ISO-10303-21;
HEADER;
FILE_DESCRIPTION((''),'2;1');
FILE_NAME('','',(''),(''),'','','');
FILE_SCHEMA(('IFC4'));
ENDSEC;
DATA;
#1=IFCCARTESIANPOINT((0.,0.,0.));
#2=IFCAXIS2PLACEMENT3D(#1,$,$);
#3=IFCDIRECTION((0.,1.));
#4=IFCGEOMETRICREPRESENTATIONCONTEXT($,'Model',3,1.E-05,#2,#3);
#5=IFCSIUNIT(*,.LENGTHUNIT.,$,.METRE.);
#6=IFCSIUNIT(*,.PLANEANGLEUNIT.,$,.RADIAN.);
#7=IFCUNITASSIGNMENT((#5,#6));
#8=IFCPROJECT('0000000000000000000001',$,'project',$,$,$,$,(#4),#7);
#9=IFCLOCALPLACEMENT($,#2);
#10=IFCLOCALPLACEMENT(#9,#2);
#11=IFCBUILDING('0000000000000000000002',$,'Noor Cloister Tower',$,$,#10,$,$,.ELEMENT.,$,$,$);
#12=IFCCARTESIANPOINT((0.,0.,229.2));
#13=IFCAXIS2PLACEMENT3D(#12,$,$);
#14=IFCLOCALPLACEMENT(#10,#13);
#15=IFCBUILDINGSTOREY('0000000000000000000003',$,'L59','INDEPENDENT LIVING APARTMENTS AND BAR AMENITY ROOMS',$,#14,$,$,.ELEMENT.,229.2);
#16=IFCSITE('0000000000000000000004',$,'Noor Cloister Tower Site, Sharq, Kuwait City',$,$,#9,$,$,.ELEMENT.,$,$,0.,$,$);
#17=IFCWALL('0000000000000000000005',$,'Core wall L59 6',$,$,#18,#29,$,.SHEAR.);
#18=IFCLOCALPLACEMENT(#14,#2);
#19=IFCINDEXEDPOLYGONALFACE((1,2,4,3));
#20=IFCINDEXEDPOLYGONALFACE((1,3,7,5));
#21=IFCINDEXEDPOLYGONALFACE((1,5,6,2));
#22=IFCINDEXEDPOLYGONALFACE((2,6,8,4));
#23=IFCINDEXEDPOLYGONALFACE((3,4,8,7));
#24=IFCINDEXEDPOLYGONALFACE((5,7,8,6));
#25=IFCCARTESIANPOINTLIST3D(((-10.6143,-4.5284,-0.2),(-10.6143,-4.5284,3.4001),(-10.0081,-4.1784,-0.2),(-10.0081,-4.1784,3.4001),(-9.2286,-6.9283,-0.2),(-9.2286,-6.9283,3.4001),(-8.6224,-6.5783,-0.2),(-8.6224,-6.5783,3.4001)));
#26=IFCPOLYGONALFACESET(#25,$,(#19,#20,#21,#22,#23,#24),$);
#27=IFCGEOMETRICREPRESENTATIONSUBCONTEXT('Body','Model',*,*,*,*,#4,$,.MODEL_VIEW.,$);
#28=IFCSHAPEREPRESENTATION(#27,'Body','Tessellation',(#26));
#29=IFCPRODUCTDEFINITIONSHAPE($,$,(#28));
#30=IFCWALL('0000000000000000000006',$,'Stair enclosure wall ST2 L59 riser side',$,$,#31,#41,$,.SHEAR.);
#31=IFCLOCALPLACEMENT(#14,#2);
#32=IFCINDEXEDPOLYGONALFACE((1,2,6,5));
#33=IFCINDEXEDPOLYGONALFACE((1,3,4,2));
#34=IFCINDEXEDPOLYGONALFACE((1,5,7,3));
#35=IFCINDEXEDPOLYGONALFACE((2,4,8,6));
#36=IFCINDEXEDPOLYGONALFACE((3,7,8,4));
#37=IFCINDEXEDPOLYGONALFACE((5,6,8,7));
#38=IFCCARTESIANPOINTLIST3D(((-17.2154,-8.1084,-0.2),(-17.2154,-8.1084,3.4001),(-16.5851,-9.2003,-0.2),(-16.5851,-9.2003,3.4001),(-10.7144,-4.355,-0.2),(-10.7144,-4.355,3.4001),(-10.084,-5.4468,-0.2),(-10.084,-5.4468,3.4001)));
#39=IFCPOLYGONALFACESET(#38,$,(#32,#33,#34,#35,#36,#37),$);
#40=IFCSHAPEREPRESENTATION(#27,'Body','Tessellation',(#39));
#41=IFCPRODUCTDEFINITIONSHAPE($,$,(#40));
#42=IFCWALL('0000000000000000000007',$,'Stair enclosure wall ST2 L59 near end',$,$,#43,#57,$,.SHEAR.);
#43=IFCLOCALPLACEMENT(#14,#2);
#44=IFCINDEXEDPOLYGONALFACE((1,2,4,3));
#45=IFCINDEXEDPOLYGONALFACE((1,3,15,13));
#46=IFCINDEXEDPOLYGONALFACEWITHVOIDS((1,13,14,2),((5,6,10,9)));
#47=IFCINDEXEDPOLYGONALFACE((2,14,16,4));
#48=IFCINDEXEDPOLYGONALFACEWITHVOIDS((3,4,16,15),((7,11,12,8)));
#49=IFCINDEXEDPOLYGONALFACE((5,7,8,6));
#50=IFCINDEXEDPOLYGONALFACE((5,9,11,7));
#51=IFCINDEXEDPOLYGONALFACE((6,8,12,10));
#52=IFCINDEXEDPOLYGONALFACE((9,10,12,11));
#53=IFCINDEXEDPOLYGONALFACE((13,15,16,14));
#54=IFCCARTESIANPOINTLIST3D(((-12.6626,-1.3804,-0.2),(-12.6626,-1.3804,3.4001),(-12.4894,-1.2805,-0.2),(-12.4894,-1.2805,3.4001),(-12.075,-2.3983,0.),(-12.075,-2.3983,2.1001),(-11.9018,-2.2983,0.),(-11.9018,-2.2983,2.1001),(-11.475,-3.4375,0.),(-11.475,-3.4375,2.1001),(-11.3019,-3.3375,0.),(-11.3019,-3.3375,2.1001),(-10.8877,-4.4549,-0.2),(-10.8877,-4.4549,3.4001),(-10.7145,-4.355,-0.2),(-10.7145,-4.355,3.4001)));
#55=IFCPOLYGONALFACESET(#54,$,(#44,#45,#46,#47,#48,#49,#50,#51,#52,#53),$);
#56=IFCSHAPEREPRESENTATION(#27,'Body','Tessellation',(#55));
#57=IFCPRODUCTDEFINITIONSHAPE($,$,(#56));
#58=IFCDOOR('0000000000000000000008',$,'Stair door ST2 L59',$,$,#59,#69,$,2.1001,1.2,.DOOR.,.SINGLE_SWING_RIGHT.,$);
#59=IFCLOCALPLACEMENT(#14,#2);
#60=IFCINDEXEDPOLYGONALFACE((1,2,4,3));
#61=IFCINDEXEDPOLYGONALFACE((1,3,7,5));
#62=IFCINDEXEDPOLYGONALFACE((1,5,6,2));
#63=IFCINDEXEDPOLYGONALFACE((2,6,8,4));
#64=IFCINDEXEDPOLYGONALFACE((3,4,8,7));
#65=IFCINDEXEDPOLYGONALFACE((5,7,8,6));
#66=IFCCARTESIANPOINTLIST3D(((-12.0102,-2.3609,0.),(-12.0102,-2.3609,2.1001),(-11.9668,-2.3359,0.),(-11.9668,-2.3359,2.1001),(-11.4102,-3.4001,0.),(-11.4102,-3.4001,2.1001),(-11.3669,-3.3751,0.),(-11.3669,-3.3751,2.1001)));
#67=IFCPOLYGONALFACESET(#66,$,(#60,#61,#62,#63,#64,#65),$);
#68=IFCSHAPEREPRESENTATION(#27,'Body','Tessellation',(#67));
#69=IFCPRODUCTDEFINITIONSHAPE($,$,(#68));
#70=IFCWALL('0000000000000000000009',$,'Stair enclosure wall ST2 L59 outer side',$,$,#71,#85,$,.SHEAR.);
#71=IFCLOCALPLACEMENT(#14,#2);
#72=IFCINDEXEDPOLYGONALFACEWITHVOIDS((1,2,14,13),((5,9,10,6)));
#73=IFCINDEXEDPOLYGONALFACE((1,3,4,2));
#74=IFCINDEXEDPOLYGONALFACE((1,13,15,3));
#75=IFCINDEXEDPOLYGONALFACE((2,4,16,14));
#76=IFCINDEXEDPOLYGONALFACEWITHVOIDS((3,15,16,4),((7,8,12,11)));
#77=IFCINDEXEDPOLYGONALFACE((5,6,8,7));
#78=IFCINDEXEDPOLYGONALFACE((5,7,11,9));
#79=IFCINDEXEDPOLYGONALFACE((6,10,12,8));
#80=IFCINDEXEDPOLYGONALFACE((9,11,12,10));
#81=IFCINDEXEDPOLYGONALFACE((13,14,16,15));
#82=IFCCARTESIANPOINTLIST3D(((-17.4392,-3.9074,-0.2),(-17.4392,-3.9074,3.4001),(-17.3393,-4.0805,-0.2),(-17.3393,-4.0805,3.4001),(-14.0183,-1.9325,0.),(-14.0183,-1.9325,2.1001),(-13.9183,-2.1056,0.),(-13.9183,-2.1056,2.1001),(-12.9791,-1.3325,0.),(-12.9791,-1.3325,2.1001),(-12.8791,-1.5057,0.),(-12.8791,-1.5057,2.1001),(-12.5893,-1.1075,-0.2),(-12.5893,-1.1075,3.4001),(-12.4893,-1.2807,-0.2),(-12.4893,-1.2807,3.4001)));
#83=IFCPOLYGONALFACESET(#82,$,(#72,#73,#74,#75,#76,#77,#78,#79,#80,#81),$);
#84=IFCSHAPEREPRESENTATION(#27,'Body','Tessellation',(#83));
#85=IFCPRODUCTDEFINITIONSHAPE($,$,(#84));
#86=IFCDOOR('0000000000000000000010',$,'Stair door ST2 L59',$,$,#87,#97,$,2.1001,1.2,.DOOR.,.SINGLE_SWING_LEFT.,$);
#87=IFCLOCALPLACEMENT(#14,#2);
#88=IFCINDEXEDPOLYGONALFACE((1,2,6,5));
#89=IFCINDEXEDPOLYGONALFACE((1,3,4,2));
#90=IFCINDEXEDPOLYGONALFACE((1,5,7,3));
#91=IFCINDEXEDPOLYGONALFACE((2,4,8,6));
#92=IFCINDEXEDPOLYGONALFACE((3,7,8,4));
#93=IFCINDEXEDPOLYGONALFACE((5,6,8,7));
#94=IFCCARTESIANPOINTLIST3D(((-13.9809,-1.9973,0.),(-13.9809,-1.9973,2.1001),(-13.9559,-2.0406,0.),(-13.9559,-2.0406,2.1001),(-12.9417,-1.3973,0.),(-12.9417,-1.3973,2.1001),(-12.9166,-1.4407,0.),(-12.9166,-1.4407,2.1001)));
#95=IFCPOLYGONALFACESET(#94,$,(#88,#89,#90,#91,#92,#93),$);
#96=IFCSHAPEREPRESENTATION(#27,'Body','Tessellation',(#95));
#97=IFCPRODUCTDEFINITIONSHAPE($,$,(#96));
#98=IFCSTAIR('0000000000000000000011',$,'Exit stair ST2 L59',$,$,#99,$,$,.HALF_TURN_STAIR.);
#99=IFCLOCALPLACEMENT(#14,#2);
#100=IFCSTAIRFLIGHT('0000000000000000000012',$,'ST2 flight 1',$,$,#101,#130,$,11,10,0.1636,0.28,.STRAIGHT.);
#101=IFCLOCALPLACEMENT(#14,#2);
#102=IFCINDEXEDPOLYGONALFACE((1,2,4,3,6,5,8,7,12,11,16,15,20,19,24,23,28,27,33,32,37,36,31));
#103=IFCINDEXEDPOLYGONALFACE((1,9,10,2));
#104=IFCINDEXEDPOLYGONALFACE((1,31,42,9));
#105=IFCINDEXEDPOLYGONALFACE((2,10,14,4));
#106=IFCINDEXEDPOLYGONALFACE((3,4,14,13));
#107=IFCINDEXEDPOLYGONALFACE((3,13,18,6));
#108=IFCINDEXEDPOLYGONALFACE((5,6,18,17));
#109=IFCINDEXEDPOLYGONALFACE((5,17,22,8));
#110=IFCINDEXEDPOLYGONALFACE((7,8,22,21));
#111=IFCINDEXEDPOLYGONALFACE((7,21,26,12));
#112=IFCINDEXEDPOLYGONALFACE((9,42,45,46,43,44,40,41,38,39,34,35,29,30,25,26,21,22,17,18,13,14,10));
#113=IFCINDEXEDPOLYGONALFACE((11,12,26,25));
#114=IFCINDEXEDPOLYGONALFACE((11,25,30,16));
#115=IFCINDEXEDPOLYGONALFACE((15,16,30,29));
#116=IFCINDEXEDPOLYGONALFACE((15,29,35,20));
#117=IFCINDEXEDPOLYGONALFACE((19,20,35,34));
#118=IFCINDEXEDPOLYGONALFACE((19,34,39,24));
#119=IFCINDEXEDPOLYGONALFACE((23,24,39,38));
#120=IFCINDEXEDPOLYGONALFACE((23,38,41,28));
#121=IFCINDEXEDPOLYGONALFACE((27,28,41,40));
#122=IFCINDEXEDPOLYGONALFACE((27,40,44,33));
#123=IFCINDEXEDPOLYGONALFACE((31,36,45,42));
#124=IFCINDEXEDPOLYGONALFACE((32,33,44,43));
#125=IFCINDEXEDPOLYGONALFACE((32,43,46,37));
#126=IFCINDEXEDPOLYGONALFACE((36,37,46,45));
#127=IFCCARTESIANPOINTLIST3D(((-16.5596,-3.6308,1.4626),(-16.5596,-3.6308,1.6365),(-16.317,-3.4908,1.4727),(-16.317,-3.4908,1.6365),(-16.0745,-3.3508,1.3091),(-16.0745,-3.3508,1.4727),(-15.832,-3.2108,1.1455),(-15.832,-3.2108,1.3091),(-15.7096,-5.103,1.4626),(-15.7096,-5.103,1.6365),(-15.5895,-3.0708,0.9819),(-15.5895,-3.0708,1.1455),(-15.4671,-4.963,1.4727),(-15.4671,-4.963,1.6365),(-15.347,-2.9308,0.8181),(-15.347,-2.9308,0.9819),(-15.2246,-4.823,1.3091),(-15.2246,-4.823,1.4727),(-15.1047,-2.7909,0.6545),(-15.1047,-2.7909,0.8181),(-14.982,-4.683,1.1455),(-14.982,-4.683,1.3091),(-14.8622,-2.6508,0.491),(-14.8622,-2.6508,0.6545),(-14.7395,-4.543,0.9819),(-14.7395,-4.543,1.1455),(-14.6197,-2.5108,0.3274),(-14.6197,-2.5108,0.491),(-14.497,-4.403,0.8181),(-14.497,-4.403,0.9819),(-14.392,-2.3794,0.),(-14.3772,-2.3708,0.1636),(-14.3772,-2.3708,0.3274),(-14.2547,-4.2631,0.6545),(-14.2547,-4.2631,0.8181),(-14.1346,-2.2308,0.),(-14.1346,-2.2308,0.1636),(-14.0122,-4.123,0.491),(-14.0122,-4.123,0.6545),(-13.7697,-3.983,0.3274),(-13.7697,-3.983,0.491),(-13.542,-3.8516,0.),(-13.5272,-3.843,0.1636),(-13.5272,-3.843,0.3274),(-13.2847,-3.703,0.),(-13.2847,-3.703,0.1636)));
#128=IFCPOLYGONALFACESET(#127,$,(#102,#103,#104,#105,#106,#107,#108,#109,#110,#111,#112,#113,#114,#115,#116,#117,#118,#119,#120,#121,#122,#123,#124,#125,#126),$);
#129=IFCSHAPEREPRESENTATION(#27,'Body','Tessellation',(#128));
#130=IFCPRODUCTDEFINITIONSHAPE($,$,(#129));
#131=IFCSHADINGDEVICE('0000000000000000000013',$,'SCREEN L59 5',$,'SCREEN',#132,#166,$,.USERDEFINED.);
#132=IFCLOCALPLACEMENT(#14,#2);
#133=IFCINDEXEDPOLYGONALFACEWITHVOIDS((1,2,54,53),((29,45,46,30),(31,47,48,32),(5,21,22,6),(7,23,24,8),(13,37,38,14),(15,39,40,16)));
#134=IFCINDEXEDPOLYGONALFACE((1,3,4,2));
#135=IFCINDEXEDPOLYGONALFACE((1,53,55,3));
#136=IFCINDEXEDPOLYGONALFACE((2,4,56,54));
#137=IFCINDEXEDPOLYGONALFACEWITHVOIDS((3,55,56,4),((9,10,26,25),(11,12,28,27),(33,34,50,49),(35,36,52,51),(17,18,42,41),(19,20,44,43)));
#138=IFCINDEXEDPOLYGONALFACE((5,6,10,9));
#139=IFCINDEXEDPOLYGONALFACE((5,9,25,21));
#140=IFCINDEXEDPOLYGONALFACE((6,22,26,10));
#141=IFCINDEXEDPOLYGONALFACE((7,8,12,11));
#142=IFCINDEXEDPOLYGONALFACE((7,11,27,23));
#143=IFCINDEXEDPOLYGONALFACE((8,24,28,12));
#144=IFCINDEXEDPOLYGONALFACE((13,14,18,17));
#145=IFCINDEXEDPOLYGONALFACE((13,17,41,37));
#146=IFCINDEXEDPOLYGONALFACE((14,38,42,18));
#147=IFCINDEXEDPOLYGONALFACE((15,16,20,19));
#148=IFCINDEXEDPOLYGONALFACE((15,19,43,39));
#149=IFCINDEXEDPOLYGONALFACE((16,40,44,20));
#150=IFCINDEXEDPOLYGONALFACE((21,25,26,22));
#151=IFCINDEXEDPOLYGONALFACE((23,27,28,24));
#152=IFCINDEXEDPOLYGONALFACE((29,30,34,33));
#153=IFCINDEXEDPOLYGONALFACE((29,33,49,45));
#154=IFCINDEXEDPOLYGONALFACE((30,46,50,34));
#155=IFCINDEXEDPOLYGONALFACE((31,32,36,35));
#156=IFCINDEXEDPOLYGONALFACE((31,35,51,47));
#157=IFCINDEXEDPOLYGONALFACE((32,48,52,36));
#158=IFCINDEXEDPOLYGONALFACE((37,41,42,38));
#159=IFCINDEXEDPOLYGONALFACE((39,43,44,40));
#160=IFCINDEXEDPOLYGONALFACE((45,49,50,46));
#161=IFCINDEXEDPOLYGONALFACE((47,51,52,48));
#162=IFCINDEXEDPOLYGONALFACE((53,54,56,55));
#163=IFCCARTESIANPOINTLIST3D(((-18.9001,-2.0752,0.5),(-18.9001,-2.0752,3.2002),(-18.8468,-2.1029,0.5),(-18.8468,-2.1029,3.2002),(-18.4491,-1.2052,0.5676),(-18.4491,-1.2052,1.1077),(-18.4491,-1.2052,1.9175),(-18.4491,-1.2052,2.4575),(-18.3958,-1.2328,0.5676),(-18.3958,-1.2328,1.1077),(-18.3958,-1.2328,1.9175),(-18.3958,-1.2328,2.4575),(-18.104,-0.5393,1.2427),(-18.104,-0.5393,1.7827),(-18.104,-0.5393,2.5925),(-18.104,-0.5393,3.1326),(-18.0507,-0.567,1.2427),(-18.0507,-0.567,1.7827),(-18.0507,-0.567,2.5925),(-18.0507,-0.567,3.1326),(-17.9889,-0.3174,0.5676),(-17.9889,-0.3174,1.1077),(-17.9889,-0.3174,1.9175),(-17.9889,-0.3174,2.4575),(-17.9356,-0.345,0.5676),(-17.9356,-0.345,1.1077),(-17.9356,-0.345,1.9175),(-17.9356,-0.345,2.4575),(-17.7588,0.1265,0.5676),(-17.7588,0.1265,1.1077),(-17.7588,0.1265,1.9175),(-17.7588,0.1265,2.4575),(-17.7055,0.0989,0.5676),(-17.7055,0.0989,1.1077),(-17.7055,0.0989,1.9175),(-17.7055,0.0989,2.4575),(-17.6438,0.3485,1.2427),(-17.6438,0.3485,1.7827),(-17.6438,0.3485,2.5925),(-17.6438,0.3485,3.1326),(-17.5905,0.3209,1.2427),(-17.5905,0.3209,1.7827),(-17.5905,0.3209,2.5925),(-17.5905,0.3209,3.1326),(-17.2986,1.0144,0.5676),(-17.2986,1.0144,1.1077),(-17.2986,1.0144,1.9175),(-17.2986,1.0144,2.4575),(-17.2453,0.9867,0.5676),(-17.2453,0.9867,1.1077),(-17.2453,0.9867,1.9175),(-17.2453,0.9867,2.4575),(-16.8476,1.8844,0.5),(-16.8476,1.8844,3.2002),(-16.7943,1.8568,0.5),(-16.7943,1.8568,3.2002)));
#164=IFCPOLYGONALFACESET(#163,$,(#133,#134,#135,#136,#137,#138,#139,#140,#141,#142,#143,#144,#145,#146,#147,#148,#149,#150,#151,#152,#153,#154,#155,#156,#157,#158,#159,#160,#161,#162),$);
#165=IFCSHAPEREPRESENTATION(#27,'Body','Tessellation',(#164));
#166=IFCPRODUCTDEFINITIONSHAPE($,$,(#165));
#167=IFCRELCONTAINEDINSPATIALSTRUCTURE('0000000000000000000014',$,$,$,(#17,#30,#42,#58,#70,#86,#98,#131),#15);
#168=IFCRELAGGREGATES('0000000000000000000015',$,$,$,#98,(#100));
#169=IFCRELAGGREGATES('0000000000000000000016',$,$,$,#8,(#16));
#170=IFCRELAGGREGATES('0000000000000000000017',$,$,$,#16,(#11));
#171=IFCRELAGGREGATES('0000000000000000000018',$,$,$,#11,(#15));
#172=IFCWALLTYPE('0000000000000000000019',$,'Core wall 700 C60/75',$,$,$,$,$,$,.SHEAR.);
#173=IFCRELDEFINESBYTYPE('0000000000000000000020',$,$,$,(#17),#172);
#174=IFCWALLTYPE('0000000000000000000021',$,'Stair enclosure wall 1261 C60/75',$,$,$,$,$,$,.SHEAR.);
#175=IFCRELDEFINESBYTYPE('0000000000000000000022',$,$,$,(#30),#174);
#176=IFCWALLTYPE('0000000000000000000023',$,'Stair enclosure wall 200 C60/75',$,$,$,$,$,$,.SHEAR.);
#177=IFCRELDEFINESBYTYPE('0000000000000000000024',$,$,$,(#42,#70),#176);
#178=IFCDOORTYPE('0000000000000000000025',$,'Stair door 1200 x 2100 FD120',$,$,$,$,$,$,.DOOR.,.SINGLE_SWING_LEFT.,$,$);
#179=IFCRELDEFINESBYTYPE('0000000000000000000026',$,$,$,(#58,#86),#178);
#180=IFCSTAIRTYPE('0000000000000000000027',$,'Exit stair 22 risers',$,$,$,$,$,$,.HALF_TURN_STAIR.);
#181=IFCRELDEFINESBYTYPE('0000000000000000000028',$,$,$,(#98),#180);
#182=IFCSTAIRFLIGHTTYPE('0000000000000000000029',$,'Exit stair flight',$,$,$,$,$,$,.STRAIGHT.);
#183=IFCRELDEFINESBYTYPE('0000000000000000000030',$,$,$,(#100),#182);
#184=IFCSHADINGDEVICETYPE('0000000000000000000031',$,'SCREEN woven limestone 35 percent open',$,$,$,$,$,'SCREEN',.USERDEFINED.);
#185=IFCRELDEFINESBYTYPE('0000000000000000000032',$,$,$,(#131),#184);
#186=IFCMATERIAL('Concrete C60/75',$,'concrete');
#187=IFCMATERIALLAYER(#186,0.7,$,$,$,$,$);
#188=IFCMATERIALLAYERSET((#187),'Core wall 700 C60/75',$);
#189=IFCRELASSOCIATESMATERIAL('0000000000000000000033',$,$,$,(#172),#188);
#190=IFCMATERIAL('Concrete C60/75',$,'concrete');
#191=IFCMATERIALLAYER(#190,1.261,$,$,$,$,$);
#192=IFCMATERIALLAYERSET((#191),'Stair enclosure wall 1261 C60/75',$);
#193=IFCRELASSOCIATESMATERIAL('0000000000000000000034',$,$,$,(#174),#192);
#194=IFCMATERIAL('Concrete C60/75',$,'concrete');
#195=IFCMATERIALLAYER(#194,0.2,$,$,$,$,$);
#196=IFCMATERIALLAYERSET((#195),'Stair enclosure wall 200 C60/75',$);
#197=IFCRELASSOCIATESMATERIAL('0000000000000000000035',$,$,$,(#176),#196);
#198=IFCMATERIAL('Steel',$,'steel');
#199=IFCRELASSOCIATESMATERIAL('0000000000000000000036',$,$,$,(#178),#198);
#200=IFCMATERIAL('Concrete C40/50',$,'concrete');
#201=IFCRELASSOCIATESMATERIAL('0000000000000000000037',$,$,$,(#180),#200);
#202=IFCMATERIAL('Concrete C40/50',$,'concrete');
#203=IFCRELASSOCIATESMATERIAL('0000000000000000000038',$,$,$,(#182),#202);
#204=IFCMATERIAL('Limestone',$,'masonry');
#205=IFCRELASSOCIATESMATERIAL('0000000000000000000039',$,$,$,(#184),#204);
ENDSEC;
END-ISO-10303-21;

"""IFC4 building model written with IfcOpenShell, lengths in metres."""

from ifc_helpers import new_model, si_unit, direction, frame, frame_2d, origin, place, context, subcontext, project, spatial, polyline, rectangle, outline, extrude, material, layer, layer_set, material_profile, profile_set, type_object, element, fill, aggregate, save


model = new_model("IFC4")

# Units and contexts
model_context = context("Model", 3, precision=1e-05, world=origin(), true_north=direction((0.0, 1.0)))
body_context = subcontext(model_context, "Body", "Model", "MODEL_VIEW")
ifc_project = project(units=[si_unit("LENGTHUNIT", "METRE"), si_unit("PLANEANGLEUNIT", "RADIAN")], contexts=[model_context])

# Site, building, storey
site_placement = place(None, origin())
site = spatial("IfcSite", under=ifc_project, at=site_placement, Name="Noor Cloister Tower Site, Sharq, Kuwait City", CompositionType="ELEMENT", RefElevation=0.0)
building_placement = place(site_placement, origin())
building = spatial("IfcBuilding", under=site, at=building_placement, Name="Noor Cloister Tower", CompositionType="ELEMENT")
storey_placement = place(building_placement, frame((0.0, 0.0, 229.2)))
storey = spatial("IfcBuildingStorey", under=building, at=storey_placement, Name="L59", Description="INDEPENDENT LIVING APARTMENTS AND BAR AMENITY ROOMS", CompositionType="ELEMENT", Elevation=229.2)

# Walls
ifc_material_1 = material(Name="Concrete C60/75", Category="concrete")
ifc_layer_1 = layer(ifc_material_1, 0.7)
ifc_layer_set_1 = layer_set([ifc_layer_1], Name="Core wall 700 C60/75")
wall_type_1 = type_object("IfcWallType", Name="Core wall 700 C60/75", PredefinedType="SHEAR", material=ifc_layer_set_1)
wall_1_placement = place(storey_placement, frame((-10.3113, -4.3533, -0.2), z_axis=(0.0, 0.0, 1.0), x_axis=(0.500043, -0.866001, 0.0)))
element("IfcWall", 1, at=wall_1_placement, inside=storey, type_object=wall_type_1, Name="Core wall L59 6", PredefinedType="SHEAR", context=body_context, shape_type="SweptSolid", body=[
    extrude(rectangle(XDim=2.7712, YDim=0.7, at=frame_2d((1.3857, 0.0))), origin(), (0.0, 0.0, 1.0), 3.6001),
])
ifc_material_2 = material(Name="Concrete C60/75", Category="concrete")
ifc_layer_2 = layer(ifc_material_2, 1.261)
ifc_layer_set_2 = layer_set([ifc_layer_2], Name="Stair enclosure wall 1261 C60/75")
wall_type_2 = type_object("IfcWallType", Name="Stair enclosure wall 1261 C60/75", PredefinedType="SHEAR", material=ifc_layer_set_2)
wall_2_placement = place(storey_placement, frame((-10.3992, -4.9009, -0.2), z_axis=(0.0, 0.0, 1.0), x_axis=(-0.866021, -0.500008, 0.0)))
element("IfcWall", 2, at=wall_2_placement, inside=storey, type_object=wall_type_2, Name="Stair enclosure wall ST2 L59 riser side", PredefinedType="SHEAR", context=body_context, shape_type="SweptSolid", body=[
    extrude(rectangle(XDim=7.5068, YDim=1.2607, at=frame_2d((3.7534, 0.0))), origin(), (0.0, 0.0, 1.0), 3.6001),
])

# Walls, openings, doors
ifc_material_3 = material(Name="Concrete C60/75", Category="concrete")
ifc_layer_3 = layer(ifc_material_3, 0.2)
ifc_layer_set_3 = layer_set([ifc_layer_3], Name="Stair enclosure wall 200 C60/75")
wall_type_3 = type_object("IfcWallType", Name="Stair enclosure wall 200 C60/75", PredefinedType="SHEAR", material=ifc_layer_set_3)
wall_3_placement = place(storey_placement, frame((-12.5759, -1.3306, -0.2), z_axis=(0.0, 0.0, 1.0), x_axis=(0.49997, -0.866042, 0.0)))
wall_3 = element("IfcWall", 3, at=wall_3_placement, inside=storey, type_object=wall_type_3, Name="Stair enclosure wall ST2 L59 near end", PredefinedType="SHEAR", context=body_context, shape_type="SweptSolid", body=[
    extrude(rectangle(XDim=3.55, YDim=0.2, at=frame_2d((1.7749, 0.0))), origin(), (0.0, 0.0, 1.0), 3.6001),
])
opening_1_placement = place(wall_3_placement, frame((1.175, 0.0, 0.2)))
opening_1 = element("IfcOpeningElement", 4, at=opening_1_placement, cuts=wall_3, PredefinedType="OPENING", context=body_context, shape_type="SweptSolid", body=[
    extrude(rectangle(XDim=1.2, YDim=2.1001, at=frame_2d((0.6001, 1.05))), frame((0.0, 0.1099, 0.0), z_axis=(0.0, -1.0, 0.0), x_axis=(1.0, 0.0, 0.0)), (0.0, 0.0, 1.0), 0.22),
])
ifc_material_4 = material(Name="Steel", Category="steel")
door_type = type_object("IfcDoorType", Name="Stair door 1200 x 2100 FD120", OperationType="SINGLE_SWING_LEFT", PredefinedType="DOOR", material=ifc_material_4)
door_1_placement = place(opening_1_placement, origin())
door_1 = element("IfcDoor", 5, at=door_1_placement, inside=storey, type_object=door_type, Name="Stair door ST2 L59", OperationType="SINGLE_SWING_RIGHT", OverallHeight=2.1001, OverallWidth=1.2, PredefinedType="DOOR", context=body_context, shape_type="SweptSolid", body=[
    extrude(rectangle(XDim=1.2, YDim=2.1001, at=frame_2d((0.6001, 1.05))), frame((0.0, 0.0249, 0.0), z_axis=(0.0, -1.0, 0.0), x_axis=(1.0, 0.0, 0.0)), (0.0, 0.0, 1.0), 0.05),
])
fill(opening_1, door_1)
wall_4_placement = place(storey_placement, frame((-12.5393, -1.1941, -0.2), z_axis=(0.0, 0.0, 1.0), x_axis=(-0.866045, -0.499965, 0.0)))
wall_4 = element("IfcWall", 6, at=wall_4_placement, inside=storey, type_object=wall_type_3, Name="Stair enclosure wall ST2 L59 outer side", PredefinedType="SHEAR", context=body_context, shape_type="SweptSolid", body=[
    extrude(rectangle(XDim=5.6001, YDim=0.2, at=frame_2d((2.8, 0.0))), origin(), (0.0, 0.0, 1.0), 3.6001),
])
opening_2_placement = place(wall_4_placement, frame((0.45, 0.0, 0.2)))
opening_2 = element("IfcOpeningElement", 7, at=opening_2_placement, cuts=wall_4, PredefinedType="OPENING", context=body_context, shape_type="SweptSolid", body=[
    extrude(rectangle(XDim=1.2, YDim=2.1001, at=frame_2d((0.6001, 1.05))), frame((0.0, 0.1099, 0.0), z_axis=(0.0, -1.0, 0.0), x_axis=(1.0, 0.0, 0.0)), (0.0, 0.0, 1.0), 0.22),
])
door_2_placement = place(opening_2_placement, origin())
door_2 = element("IfcDoor", 8, at=door_2_placement, inside=storey, type_object=door_type, Name="Stair door ST2 L59", OperationType="SINGLE_SWING_LEFT", OverallHeight=2.1001, OverallWidth=1.2, PredefinedType="DOOR", context=body_context, shape_type="SweptSolid", body=[
    extrude(rectangle(XDim=1.2, YDim=2.1001, at=frame_2d((0.6001, 1.05))), frame((0.0, 0.0249, 0.0), z_axis=(0.0, -1.0, 0.0), x_axis=(1.0, 0.0, 0.0)), (0.0, 0.0, 1.0), 0.05),
])
fill(opening_2, door_2)

# Stair, stair flight
ifc_material_5 = material(Name="Concrete C40/50", Category="concrete")
stair_type = type_object("IfcStairType", Name="Exit stair 22 risers", PredefinedType="HALF_TURN_STAIR", material=ifc_material_5)
stair_placement = place(storey_placement, origin())
stair = element("IfcStair", 9, at=stair_placement, inside=storey, type_object=stair_type, Name="Exit stair ST2 L59", PredefinedType="HALF_TURN_STAIR")
ifc_material_6 = material(Name="Concrete C40/50", Category="concrete")
stair_flight_type = type_object("IfcStairFlightType", Name="Exit stair flight", PredefinedType="STRAIGHT", material=ifc_material_6)
stair_flight_placement = place(storey_placement, frame((-13.7097, -2.9668, 0.0), z_axis=(0.0, 0.0, 1.0), x_axis=(-0.866025, -0.5, 0.0)))
stair_flight = element("IfcStairFlight", 10, at=stair_flight_placement, type_object=stair_flight_type, Name="ST2 flight 1", NumberOfRisers=11, NumberOfTreads=10, PredefinedType="STRAIGHT", RiserHeight=0.1636, TreadLength=0.28, context=body_context, shape_type="SweptSolid", body=[
    extrude(outline(polyline([(0.0, 0.0), (0.0, 0.1636), (0.28, 0.1636), (0.28, 0.3274), (0.5601, 0.3274), (0.5601, 0.491), (0.8401, 0.491), (0.8401, 0.6545), (1.1201, 0.6545), (1.1201, 0.8181), (1.3999, 0.8181), (1.3999, 0.9819), (1.6799, 0.9819), (1.6799, 1.1455), (1.96, 1.1455), (1.96, 1.3091), (2.24, 1.3091), (2.24, 1.4727), (2.52, 1.4727), (2.52, 1.6365), (2.8, 1.6365), (2.8, 1.8), (2.8, 1.4626), (0.2971, 0.0), (0.0, 0.0)])), frame((0.0, 0.8501, 0.0), z_axis=(0.0, -1.0, 0.0), x_axis=(1.0, 0.0, 0.0)), (0.0, 0.0, 1.0), 1.7),
])
aggregate(stair, [stair_flight])

# Shading device
ifc_material_7 = material(Name="Limestone", Category="masonry")
ifc_material_profile_1 = material_profile(ifc_material_7, outline(polyline([(-2.23, -1.3501), (2.23, -1.3501), (2.23, 1.3501), (-2.23, 1.3501), (-2.23, -1.3501)]), holes=[polyline([(-1.25, -1.2825), (-0.25, -1.2825), (-0.25, -0.7424), (-1.25, -0.7424), (-1.25, -1.2825)]), polyline([(0.25, -1.2825), (1.25, -1.2825), (1.25, -0.7424), (0.25, -0.7424), (0.25, -1.2825)]), polyline([(-0.5, -0.6074), (0.5, -0.6074), (0.5, -0.0674), (-0.5, -0.0674), (-0.5, -0.6074)]), polyline([(-1.25, 0.0674), (-0.25, 0.0674), (-0.25, 0.6074), (-1.25, 0.6074), (-1.25, 0.0674)]), polyline([(0.25, 0.0674), (1.25, 0.0674), (1.25, 0.6074), (0.25, 0.6074), (0.25, 0.0674)]), polyline([(-0.5, 0.7424), (0.5, 0.7424), (0.5, 1.2825), (-0.5, 1.2825), (-0.5, 0.7424)])]), Name="Woven screen 35 percent open")
ifc_profile_set_1 = profile_set([ifc_material_profile_1], Name="Limestone")
shading_device_type = type_object("IfcShadingDeviceType", Name="SCREEN woven limestone 35 percent open", ElementType="SCREEN", PredefinedType="USERDEFINED", material=ifc_profile_set_1)
shading_device_placement = place(storey_placement, frame((-17.8206, -0.123, 1.8501), z_axis=(-0.887816, 0.460198, 0.0), x_axis=(-0.460198, -0.887816, 0.0)))
element("IfcShadingDevice", 11, at=shading_device_placement, inside=storey, type_object=shading_device_type, Name="SCREEN L59 5", ObjectType="SCREEN", PredefinedType="USERDEFINED", context=body_context, shape_type="SweptSolid", body=[
    extrude(outline(polyline([(-2.23, -1.3501), (2.23, -1.3501), (2.23, 1.3501), (-2.23, 1.3501), (-2.23, -1.3501)]), holes=[polyline([(-1.25, -1.2825), (-0.25, -1.2825), (-0.25, -0.7424), (-1.25, -0.7424), (-1.25, -1.2825)]), polyline([(0.25, -1.2825), (1.25, -1.2825), (1.25, -0.7424), (0.25, -0.7424), (0.25, -1.2825)]), polyline([(-0.5, -0.6074), (0.5, -0.6074), (0.5, -0.0674), (-0.5, -0.0674), (-0.5, -0.6074)]), polyline([(-1.25, 0.0674), (-0.25, 0.0674), (-0.25, 0.6074), (-1.25, 0.6074), (-1.25, 0.0674)]), polyline([(0.25, 0.0674), (1.25, 0.0674), (1.25, 0.6074), (0.25, 0.6074), (0.25, 0.0674)]), polyline([(-0.5, 0.7424), (0.5, 0.7424), (0.5, 1.2825), (-0.5, 1.2825), (-0.5, 0.7424)])]), origin(), (0.0, 0.0, 1.0), 0.0601),
])

save(model, "model.ifc")
